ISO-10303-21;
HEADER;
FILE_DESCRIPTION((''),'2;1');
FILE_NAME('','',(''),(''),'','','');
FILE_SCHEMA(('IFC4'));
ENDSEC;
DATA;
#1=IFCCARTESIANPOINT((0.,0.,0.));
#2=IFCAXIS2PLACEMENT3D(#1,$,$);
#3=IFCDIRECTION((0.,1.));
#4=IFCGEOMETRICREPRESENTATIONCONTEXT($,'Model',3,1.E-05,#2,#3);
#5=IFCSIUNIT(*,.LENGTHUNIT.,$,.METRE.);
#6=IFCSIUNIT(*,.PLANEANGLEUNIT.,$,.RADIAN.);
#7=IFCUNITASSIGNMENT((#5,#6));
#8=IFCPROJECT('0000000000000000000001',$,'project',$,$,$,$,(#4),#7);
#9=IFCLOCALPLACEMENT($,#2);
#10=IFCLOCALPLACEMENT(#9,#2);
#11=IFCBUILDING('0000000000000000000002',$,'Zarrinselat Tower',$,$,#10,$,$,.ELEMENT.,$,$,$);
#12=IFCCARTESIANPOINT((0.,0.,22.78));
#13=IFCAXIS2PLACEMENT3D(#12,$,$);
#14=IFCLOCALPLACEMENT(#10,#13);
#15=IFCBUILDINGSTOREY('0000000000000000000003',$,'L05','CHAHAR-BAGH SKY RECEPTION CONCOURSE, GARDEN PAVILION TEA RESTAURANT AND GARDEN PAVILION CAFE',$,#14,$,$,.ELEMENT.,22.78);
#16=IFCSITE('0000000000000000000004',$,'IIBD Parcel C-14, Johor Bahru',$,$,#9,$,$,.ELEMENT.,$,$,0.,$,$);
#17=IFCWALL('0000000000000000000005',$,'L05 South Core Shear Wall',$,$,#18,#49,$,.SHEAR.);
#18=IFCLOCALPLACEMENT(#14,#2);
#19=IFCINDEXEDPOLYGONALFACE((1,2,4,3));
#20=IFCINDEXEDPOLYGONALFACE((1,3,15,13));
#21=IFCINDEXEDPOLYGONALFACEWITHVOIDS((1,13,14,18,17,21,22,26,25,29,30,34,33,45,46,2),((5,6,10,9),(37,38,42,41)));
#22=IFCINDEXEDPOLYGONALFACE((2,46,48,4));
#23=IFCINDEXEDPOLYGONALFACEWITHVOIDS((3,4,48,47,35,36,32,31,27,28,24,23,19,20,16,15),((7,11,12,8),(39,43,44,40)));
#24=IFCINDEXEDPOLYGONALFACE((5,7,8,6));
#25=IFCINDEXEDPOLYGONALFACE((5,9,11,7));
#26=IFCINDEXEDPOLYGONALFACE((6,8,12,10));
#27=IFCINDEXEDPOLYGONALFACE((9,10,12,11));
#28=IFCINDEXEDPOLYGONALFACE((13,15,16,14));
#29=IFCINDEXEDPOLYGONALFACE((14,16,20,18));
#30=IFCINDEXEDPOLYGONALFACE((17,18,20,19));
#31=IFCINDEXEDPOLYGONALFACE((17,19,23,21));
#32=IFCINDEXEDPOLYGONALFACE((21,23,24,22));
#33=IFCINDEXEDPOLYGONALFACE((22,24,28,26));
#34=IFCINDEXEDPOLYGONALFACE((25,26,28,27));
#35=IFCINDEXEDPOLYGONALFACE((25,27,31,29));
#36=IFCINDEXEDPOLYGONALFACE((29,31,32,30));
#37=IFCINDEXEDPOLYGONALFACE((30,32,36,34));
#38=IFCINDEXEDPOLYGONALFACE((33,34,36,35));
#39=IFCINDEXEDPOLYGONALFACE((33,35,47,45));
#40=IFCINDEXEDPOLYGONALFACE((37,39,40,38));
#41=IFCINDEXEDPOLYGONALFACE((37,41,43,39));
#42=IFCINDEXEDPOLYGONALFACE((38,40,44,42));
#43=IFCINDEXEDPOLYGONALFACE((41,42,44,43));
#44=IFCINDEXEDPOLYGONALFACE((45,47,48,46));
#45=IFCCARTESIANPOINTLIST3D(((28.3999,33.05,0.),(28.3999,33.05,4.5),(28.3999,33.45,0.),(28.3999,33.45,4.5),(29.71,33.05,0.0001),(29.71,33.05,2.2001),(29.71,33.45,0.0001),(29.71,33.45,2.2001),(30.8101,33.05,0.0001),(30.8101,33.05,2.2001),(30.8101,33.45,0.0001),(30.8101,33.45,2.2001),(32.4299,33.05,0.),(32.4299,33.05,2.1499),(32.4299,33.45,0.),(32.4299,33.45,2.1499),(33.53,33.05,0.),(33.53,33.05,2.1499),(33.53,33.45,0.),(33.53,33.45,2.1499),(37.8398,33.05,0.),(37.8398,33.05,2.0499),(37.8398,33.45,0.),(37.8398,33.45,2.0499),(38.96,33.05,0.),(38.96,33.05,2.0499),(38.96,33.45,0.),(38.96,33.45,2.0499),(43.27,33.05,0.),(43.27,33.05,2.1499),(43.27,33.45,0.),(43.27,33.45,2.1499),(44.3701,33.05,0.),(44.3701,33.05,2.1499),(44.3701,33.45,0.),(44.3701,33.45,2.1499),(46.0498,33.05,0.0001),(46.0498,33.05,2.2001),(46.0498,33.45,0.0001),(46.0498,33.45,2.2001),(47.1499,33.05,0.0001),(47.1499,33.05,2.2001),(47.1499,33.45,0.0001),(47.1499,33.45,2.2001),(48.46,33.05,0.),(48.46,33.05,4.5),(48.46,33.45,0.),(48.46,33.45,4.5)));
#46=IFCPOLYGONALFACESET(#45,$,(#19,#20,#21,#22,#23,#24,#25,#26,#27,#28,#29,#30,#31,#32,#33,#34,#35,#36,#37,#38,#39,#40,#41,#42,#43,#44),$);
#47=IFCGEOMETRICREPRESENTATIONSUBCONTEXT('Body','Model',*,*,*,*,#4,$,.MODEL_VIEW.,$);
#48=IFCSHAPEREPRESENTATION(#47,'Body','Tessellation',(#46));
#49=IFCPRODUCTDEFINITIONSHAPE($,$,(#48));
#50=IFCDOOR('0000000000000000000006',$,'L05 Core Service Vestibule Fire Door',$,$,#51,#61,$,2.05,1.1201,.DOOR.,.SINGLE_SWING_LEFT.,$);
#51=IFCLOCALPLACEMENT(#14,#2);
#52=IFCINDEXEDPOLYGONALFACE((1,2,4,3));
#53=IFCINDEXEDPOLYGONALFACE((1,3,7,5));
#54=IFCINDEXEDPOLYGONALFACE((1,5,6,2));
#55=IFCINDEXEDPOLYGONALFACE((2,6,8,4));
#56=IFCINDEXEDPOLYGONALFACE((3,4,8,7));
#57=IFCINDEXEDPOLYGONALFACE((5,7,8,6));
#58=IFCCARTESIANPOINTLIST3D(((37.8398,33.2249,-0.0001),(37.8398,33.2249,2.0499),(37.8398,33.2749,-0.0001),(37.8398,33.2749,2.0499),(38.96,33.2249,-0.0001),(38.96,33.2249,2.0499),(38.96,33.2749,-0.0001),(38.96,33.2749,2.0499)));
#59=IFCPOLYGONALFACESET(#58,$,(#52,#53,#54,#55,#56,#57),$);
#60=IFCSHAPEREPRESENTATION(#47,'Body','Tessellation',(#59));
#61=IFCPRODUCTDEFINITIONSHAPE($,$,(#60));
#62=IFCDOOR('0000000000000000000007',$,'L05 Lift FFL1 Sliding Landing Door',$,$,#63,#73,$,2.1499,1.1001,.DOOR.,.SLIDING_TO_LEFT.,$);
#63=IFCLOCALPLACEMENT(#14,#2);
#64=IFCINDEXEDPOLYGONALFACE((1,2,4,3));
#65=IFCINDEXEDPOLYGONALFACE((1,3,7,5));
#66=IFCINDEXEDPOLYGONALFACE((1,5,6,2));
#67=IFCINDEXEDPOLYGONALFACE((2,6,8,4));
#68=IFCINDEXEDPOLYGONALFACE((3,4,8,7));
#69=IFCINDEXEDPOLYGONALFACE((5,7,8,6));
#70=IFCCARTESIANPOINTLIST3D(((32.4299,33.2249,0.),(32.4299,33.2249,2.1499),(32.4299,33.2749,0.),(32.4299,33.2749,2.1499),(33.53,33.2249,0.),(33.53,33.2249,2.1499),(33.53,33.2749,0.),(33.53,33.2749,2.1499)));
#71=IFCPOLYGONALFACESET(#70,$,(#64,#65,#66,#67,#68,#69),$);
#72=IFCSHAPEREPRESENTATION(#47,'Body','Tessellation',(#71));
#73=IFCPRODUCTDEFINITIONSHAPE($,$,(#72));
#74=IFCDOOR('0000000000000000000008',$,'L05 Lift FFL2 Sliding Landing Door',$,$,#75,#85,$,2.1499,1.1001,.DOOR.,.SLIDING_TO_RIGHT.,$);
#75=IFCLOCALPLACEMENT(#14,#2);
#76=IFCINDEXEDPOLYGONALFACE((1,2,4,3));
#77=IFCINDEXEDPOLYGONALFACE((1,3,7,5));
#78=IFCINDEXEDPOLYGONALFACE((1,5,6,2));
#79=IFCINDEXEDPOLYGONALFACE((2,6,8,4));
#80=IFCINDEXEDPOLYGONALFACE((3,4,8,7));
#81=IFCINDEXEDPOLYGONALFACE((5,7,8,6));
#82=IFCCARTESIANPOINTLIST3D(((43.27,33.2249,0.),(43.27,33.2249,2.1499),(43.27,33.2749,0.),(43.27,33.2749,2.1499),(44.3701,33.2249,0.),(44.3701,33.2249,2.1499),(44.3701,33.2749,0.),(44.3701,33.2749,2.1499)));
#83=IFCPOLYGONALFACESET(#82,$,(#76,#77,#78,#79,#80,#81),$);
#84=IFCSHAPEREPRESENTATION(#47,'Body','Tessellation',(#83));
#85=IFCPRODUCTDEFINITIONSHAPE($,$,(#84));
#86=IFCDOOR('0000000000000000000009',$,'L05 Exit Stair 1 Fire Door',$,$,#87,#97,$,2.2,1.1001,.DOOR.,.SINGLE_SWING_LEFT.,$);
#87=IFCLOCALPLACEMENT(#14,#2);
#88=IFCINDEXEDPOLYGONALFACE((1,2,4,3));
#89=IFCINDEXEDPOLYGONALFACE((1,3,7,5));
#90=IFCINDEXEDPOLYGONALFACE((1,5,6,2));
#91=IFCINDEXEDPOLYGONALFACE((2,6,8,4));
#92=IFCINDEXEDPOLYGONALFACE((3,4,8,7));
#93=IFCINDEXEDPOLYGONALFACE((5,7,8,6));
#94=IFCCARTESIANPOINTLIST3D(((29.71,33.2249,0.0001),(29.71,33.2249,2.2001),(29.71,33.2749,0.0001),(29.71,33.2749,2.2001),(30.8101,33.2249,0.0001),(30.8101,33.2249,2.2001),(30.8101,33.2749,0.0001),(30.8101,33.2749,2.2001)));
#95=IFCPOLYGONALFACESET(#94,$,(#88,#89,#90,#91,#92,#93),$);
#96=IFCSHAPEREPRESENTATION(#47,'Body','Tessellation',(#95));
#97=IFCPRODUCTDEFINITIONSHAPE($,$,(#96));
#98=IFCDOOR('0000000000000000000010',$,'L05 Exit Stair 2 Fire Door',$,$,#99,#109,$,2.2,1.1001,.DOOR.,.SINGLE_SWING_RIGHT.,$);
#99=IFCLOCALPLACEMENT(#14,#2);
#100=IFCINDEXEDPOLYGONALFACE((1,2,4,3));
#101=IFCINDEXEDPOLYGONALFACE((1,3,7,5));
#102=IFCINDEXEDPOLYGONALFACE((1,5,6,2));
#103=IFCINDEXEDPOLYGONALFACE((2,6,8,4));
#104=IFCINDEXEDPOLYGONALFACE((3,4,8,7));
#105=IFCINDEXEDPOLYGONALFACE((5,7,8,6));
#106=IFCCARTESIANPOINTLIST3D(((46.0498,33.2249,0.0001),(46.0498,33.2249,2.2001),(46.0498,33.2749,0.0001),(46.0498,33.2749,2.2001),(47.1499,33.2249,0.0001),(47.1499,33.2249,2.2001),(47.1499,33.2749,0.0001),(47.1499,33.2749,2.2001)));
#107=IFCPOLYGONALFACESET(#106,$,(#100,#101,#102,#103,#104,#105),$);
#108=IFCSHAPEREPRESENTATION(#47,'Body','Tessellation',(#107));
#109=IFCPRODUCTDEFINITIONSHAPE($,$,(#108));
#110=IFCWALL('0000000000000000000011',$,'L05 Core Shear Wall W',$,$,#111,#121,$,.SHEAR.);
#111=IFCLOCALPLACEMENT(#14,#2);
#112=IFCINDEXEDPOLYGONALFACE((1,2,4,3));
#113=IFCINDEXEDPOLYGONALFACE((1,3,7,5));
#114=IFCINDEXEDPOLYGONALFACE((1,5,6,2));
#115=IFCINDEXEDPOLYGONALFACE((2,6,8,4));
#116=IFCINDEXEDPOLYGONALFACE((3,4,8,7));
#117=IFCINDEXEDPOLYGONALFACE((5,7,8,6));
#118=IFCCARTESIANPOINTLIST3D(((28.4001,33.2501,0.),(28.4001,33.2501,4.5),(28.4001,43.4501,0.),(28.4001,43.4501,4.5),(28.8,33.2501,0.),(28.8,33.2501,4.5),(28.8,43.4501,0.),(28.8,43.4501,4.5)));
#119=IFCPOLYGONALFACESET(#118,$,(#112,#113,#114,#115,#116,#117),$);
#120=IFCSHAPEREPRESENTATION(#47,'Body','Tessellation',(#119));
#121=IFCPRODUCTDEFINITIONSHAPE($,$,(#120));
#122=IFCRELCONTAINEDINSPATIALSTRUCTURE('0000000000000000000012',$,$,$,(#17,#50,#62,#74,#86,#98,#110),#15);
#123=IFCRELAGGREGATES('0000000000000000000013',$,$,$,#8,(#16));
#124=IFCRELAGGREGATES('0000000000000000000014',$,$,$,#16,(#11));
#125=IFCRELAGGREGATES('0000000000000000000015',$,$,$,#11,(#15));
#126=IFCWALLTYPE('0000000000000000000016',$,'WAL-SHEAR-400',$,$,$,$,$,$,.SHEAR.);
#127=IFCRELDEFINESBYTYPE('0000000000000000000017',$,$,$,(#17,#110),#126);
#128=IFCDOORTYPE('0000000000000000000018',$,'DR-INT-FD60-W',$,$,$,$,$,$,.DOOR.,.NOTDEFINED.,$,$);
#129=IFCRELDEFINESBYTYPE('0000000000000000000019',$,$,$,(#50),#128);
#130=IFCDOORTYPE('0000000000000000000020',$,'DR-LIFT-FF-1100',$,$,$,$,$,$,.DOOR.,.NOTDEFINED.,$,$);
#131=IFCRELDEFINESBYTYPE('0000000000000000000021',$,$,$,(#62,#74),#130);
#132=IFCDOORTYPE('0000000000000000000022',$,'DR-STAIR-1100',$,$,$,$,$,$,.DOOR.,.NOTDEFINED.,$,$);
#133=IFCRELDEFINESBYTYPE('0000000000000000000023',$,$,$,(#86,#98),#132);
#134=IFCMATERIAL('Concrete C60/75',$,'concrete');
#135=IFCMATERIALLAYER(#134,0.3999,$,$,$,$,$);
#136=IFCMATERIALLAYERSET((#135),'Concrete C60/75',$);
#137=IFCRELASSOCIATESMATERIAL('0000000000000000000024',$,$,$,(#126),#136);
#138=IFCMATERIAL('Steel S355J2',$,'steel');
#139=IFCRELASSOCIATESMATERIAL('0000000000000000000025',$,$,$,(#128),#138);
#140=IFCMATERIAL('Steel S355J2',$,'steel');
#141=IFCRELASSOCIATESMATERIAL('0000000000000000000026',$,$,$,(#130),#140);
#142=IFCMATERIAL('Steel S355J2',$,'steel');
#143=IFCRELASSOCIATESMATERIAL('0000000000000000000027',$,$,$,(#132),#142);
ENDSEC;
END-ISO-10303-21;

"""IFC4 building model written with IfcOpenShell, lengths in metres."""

from ifc_helpers import new_model, si_unit, direction, frame, frame_2d, origin, place, context, subcontext, project, spatial, rectangle, extrude, material, layer, layer_set, type_object, element, fill, save


model = new_model("IFC4")

# Units and contexts
model_context = context("Model", 3, precision=1e-05, world=origin(), true_north=direction((0.0, 1.0)))
body_context = subcontext(model_context, "Body", "Model", "MODEL_VIEW")
ifc_project = project(units=[si_unit("LENGTHUNIT", "METRE"), si_unit("PLANEANGLEUNIT", "RADIAN")], contexts=[model_context])

# Site, building, storey
site_placement = place(None, origin())
site = spatial("IfcSite", under=ifc_project, at=site_placement, Name="IIBD Parcel C-14, Johor Bahru", CompositionType="ELEMENT", RefElevation=0.0)
building_placement = place(site_placement, origin())
building = spatial("IfcBuilding", under=site, at=building_placement, Name="Zarrinselat Tower", CompositionType="ELEMENT")
storey_placement = place(building_placement, frame((0.0, 0.0, 22.78)))
storey = spatial("IfcBuildingStorey", under=building, at=storey_placement, Name="L05", Description="CHAHAR-BAGH SKY RECEPTION CONCOURSE, GARDEN PAVILION TEA RESTAURANT AND GARDEN PAVILION CAFE", CompositionType="ELEMENT", Elevation=22.78)

# Wall, openings, doors
ifc_material_1 = material(Name="Concrete C60/75", Category="concrete")
ifc_layer_1 = layer(ifc_material_1, 0.3999)
ifc_layer_set_1 = layer_set([ifc_layer_1], Name="Concrete C60/75")
wall_type_1 = type_object("IfcWallType", Name="WAL-SHEAR-400", PredefinedType="SHEAR", material=ifc_layer_set_1)
wall_1_placement = place(storey_placement, frame((28.3999, 33.25, 0.0), z_axis=(0.0, 0.0, 1.0), x_axis=(1.0, 0.0, 0.0)))
wall_1 = element("IfcWall", 1, at=wall_1_placement, inside=storey, type_object=wall_type_1, Name="L05 South Core Shear Wall", PredefinedType="SHEAR", context=body_context, shape_type="SweptSolid", body=[
    extrude(rectangle(XDim=20.0601, YDim=0.3999, at=frame_2d((10.03, 0.0))), origin(), (0.0, 0.0, 1.0), 4.5),
])
opening_1_placement = place(wall_1_placement, frame((4.03, 0.0, 0.0)))
opening_1 = element("IfcOpeningElement", 2, at=opening_1_placement, cuts=wall_1, PredefinedType="OPENING", context=body_context, shape_type="SweptSolid", body=[
    extrude(rectangle(XDim=1.1001, YDim=2.1499, at=frame_2d((0.55, 1.075))), frame((0.0, 0.21, 0.0), z_axis=(0.0, -1.0, 0.0), x_axis=(1.0, 0.0, 0.0)), (0.0, 0.0, 1.0), 0.4199),
])
opening_2_placement = place(wall_1_placement, frame((14.8701, 0.0, 0.0)))
opening_2 = element("IfcOpeningElement", 3, at=opening_2_placement, cuts=wall_1, PredefinedType="OPENING", context=body_context, shape_type="SweptSolid", body=[
    extrude(rectangle(XDim=1.1001, YDim=2.1499, at=frame_2d((0.55, 1.075))), frame((0.0, 0.21, 0.0), z_axis=(0.0, -1.0, 0.0), x_axis=(1.0, 0.0, 0.0)), (0.0, 0.0, 1.0), 0.4199),
])
opening_3_placement = place(wall_1_placement, frame((1.3101, 0.0, 0.0)))
opening_3 = element("IfcOpeningElement", 4, at=opening_3_placement, cuts=wall_1, PredefinedType="OPENING", context=body_context, shape_type="SweptSolid", body=[
    extrude(rectangle(XDim=1.1001, YDim=2.2, at=frame_2d((0.55, 1.1001))), frame((0.0, 0.21, 0.0), z_axis=(0.0, -1.0, 0.0), x_axis=(1.0, 0.0, 0.0)), (0.0, 0.0, 1.0), 0.4199),
])
opening_4_placement = place(wall_1_placement, frame((9.4399, 0.0, 0.0)))
opening_4 = element("IfcOpeningElement", 5, at=opening_4_placement, cuts=wall_1, PredefinedType="OPENING", context=body_context, shape_type="SweptSolid", body=[
    extrude(rectangle(XDim=1.1201, YDim=2.05, at=frame_2d((0.5601, 1.0249))), frame((0.0, 0.21, 0.0), z_axis=(0.0, -1.0, 0.0), x_axis=(1.0, 0.0, 0.0)), (0.0, 0.0, 1.0), 0.4199),
])
opening_5_placement = place(wall_1_placement, frame((17.6499, 0.0, 0.0)))
opening_5 = element("IfcOpeningElement", 6, at=opening_5_placement, cuts=wall_1, PredefinedType="OPENING", context=body_context, shape_type="SweptSolid", body=[
    extrude(rectangle(XDim=1.1001, YDim=2.2, at=frame_2d((0.55, 1.1001))), frame((0.0, 0.21, 0.0), z_axis=(0.0, -1.0, 0.0), x_axis=(1.0, 0.0, 0.0)), (0.0, 0.0, 1.0), 0.4199),
])
ifc_material_2 = material(Name="Steel S355J2", Category="steel")
door_type_1 = type_object("IfcDoorType", Name="DR-INT-FD60-W", OperationType="NOTDEFINED", PredefinedType="DOOR", material=ifc_material_2)
door_1_placement = place(opening_4_placement, origin())
door_1 = element("IfcDoor", 7, at=door_1_placement, inside=storey, type_object=door_type_1, Name="L05 Core Service Vestibule Fire Door", OperationType="SINGLE_SWING_LEFT", OverallHeight=2.05, OverallWidth=1.1201, PredefinedType="DOOR", context=body_context, shape_type="SweptSolid", body=[
    extrude(rectangle(XDim=1.1201, YDim=2.05, at=frame_2d((0.5601, 1.0249))), frame((0.0, 0.0249, 0.0), z_axis=(0.0, -1.0, 0.0), x_axis=(1.0, 0.0, 0.0)), (0.0, 0.0, 1.0), 0.05),
])
fill(opening_4, door_1)
ifc_material_3 = material(Name="Steel S355J2", Category="steel")
door_type_2 = type_object("IfcDoorType", Name="DR-LIFT-FF-1100", OperationType="NOTDEFINED", PredefinedType="DOOR", material=ifc_material_3)
door_2_placement = place(opening_1_placement, origin())
door_2 = element("IfcDoor", 8, at=door_2_placement, inside=storey, type_object=door_type_2, Name="L05 Lift FFL1 Sliding Landing Door", OperationType="SLIDING_TO_LEFT", OverallHeight=2.1499, OverallWidth=1.1001, PredefinedType="DOOR", context=body_context, shape_type="SweptSolid", body=[
    extrude(rectangle(XDim=1.1001, YDim=2.1499, at=frame_2d((0.55, 1.075))), frame((0.0, 0.0249, 0.0), z_axis=(0.0, -1.0, 0.0), x_axis=(1.0, 0.0, 0.0)), (0.0, 0.0, 1.0), 0.05),
])
fill(opening_1, door_2)
door_3_placement = place(opening_2_placement, origin())
door_3 = element("IfcDoor", 9, at=door_3_placement, inside=storey, type_object=door_type_2, Name="L05 Lift FFL2 Sliding Landing Door", OperationType="SLIDING_TO_RIGHT", OverallHeight=2.1499, OverallWidth=1.1001, PredefinedType="DOOR", context=body_context, shape_type="SweptSolid", body=[
    extrude(rectangle(XDim=1.1001, YDim=2.1499, at=frame_2d((0.55, 1.075))), frame((0.0, 0.0249, 0.0), z_axis=(0.0, -1.0, 0.0), x_axis=(1.0, 0.0, 0.0)), (0.0, 0.0, 1.0), 0.05),
])
fill(opening_2, door_3)
ifc_material_4 = material(Name="Steel S355J2", Category="steel")
door_type_3 = type_object("IfcDoorType", Name="DR-STAIR-1100", OperationType="NOTDEFINED", PredefinedType="DOOR", material=ifc_material_4)
door_4_placement = place(opening_3_placement, origin())
door_4 = element("IfcDoor", 10, at=door_4_placement, inside=storey, type_object=door_type_3, Name="L05 Exit Stair 1 Fire Door", OperationType="SINGLE_SWING_LEFT", OverallHeight=2.2, OverallWidth=1.1001, PredefinedType="DOOR", context=body_context, shape_type="SweptSolid", body=[
    extrude(rectangle(XDim=1.1001, YDim=2.2, at=frame_2d((0.55, 1.1001))), frame((0.0, 0.0249, 0.0), z_axis=(0.0, -1.0, 0.0), x_axis=(1.0, 0.0, 0.0)), (0.0, 0.0, 1.0), 0.05),
])
fill(opening_3, door_4)
door_5_placement = place(opening_5_placement, origin())
door_5 = element("IfcDoor", 11, at=door_5_placement, inside=storey, type_object=door_type_3, Name="L05 Exit Stair 2 Fire Door", OperationType="SINGLE_SWING_RIGHT", OverallHeight=2.2, OverallWidth=1.1001, PredefinedType="DOOR", context=body_context, shape_type="SweptSolid", body=[
    extrude(rectangle(XDim=1.1001, YDim=2.2, at=frame_2d((0.55, 1.1001))), frame((0.0, 0.0249, 0.0), z_axis=(0.0, -1.0, 0.0), x_axis=(1.0, 0.0, 0.0)), (0.0, 0.0, 1.0), 0.05),
])
fill(opening_5, door_5)

# Wall
wall_2_placement = place(storey_placement, frame((28.6001, 33.25, 0.0), z_axis=(0.0, 0.0, 1.0), x_axis=(0.0, 1.0, 0.0)))
element("IfcWall", 12, at=wall_2_placement, inside=storey, type_object=wall_type_1, Name="L05 Core Shear Wall W", PredefinedType="SHEAR", context=body_context, shape_type="SweptSolid", body=[
    extrude(rectangle(XDim=10.2, YDim=0.3999, at=frame_2d((5.1001, 0.0))), origin(), (0.0, 0.0, 1.0), 4.5),
])

save(model, "model.ifc")
